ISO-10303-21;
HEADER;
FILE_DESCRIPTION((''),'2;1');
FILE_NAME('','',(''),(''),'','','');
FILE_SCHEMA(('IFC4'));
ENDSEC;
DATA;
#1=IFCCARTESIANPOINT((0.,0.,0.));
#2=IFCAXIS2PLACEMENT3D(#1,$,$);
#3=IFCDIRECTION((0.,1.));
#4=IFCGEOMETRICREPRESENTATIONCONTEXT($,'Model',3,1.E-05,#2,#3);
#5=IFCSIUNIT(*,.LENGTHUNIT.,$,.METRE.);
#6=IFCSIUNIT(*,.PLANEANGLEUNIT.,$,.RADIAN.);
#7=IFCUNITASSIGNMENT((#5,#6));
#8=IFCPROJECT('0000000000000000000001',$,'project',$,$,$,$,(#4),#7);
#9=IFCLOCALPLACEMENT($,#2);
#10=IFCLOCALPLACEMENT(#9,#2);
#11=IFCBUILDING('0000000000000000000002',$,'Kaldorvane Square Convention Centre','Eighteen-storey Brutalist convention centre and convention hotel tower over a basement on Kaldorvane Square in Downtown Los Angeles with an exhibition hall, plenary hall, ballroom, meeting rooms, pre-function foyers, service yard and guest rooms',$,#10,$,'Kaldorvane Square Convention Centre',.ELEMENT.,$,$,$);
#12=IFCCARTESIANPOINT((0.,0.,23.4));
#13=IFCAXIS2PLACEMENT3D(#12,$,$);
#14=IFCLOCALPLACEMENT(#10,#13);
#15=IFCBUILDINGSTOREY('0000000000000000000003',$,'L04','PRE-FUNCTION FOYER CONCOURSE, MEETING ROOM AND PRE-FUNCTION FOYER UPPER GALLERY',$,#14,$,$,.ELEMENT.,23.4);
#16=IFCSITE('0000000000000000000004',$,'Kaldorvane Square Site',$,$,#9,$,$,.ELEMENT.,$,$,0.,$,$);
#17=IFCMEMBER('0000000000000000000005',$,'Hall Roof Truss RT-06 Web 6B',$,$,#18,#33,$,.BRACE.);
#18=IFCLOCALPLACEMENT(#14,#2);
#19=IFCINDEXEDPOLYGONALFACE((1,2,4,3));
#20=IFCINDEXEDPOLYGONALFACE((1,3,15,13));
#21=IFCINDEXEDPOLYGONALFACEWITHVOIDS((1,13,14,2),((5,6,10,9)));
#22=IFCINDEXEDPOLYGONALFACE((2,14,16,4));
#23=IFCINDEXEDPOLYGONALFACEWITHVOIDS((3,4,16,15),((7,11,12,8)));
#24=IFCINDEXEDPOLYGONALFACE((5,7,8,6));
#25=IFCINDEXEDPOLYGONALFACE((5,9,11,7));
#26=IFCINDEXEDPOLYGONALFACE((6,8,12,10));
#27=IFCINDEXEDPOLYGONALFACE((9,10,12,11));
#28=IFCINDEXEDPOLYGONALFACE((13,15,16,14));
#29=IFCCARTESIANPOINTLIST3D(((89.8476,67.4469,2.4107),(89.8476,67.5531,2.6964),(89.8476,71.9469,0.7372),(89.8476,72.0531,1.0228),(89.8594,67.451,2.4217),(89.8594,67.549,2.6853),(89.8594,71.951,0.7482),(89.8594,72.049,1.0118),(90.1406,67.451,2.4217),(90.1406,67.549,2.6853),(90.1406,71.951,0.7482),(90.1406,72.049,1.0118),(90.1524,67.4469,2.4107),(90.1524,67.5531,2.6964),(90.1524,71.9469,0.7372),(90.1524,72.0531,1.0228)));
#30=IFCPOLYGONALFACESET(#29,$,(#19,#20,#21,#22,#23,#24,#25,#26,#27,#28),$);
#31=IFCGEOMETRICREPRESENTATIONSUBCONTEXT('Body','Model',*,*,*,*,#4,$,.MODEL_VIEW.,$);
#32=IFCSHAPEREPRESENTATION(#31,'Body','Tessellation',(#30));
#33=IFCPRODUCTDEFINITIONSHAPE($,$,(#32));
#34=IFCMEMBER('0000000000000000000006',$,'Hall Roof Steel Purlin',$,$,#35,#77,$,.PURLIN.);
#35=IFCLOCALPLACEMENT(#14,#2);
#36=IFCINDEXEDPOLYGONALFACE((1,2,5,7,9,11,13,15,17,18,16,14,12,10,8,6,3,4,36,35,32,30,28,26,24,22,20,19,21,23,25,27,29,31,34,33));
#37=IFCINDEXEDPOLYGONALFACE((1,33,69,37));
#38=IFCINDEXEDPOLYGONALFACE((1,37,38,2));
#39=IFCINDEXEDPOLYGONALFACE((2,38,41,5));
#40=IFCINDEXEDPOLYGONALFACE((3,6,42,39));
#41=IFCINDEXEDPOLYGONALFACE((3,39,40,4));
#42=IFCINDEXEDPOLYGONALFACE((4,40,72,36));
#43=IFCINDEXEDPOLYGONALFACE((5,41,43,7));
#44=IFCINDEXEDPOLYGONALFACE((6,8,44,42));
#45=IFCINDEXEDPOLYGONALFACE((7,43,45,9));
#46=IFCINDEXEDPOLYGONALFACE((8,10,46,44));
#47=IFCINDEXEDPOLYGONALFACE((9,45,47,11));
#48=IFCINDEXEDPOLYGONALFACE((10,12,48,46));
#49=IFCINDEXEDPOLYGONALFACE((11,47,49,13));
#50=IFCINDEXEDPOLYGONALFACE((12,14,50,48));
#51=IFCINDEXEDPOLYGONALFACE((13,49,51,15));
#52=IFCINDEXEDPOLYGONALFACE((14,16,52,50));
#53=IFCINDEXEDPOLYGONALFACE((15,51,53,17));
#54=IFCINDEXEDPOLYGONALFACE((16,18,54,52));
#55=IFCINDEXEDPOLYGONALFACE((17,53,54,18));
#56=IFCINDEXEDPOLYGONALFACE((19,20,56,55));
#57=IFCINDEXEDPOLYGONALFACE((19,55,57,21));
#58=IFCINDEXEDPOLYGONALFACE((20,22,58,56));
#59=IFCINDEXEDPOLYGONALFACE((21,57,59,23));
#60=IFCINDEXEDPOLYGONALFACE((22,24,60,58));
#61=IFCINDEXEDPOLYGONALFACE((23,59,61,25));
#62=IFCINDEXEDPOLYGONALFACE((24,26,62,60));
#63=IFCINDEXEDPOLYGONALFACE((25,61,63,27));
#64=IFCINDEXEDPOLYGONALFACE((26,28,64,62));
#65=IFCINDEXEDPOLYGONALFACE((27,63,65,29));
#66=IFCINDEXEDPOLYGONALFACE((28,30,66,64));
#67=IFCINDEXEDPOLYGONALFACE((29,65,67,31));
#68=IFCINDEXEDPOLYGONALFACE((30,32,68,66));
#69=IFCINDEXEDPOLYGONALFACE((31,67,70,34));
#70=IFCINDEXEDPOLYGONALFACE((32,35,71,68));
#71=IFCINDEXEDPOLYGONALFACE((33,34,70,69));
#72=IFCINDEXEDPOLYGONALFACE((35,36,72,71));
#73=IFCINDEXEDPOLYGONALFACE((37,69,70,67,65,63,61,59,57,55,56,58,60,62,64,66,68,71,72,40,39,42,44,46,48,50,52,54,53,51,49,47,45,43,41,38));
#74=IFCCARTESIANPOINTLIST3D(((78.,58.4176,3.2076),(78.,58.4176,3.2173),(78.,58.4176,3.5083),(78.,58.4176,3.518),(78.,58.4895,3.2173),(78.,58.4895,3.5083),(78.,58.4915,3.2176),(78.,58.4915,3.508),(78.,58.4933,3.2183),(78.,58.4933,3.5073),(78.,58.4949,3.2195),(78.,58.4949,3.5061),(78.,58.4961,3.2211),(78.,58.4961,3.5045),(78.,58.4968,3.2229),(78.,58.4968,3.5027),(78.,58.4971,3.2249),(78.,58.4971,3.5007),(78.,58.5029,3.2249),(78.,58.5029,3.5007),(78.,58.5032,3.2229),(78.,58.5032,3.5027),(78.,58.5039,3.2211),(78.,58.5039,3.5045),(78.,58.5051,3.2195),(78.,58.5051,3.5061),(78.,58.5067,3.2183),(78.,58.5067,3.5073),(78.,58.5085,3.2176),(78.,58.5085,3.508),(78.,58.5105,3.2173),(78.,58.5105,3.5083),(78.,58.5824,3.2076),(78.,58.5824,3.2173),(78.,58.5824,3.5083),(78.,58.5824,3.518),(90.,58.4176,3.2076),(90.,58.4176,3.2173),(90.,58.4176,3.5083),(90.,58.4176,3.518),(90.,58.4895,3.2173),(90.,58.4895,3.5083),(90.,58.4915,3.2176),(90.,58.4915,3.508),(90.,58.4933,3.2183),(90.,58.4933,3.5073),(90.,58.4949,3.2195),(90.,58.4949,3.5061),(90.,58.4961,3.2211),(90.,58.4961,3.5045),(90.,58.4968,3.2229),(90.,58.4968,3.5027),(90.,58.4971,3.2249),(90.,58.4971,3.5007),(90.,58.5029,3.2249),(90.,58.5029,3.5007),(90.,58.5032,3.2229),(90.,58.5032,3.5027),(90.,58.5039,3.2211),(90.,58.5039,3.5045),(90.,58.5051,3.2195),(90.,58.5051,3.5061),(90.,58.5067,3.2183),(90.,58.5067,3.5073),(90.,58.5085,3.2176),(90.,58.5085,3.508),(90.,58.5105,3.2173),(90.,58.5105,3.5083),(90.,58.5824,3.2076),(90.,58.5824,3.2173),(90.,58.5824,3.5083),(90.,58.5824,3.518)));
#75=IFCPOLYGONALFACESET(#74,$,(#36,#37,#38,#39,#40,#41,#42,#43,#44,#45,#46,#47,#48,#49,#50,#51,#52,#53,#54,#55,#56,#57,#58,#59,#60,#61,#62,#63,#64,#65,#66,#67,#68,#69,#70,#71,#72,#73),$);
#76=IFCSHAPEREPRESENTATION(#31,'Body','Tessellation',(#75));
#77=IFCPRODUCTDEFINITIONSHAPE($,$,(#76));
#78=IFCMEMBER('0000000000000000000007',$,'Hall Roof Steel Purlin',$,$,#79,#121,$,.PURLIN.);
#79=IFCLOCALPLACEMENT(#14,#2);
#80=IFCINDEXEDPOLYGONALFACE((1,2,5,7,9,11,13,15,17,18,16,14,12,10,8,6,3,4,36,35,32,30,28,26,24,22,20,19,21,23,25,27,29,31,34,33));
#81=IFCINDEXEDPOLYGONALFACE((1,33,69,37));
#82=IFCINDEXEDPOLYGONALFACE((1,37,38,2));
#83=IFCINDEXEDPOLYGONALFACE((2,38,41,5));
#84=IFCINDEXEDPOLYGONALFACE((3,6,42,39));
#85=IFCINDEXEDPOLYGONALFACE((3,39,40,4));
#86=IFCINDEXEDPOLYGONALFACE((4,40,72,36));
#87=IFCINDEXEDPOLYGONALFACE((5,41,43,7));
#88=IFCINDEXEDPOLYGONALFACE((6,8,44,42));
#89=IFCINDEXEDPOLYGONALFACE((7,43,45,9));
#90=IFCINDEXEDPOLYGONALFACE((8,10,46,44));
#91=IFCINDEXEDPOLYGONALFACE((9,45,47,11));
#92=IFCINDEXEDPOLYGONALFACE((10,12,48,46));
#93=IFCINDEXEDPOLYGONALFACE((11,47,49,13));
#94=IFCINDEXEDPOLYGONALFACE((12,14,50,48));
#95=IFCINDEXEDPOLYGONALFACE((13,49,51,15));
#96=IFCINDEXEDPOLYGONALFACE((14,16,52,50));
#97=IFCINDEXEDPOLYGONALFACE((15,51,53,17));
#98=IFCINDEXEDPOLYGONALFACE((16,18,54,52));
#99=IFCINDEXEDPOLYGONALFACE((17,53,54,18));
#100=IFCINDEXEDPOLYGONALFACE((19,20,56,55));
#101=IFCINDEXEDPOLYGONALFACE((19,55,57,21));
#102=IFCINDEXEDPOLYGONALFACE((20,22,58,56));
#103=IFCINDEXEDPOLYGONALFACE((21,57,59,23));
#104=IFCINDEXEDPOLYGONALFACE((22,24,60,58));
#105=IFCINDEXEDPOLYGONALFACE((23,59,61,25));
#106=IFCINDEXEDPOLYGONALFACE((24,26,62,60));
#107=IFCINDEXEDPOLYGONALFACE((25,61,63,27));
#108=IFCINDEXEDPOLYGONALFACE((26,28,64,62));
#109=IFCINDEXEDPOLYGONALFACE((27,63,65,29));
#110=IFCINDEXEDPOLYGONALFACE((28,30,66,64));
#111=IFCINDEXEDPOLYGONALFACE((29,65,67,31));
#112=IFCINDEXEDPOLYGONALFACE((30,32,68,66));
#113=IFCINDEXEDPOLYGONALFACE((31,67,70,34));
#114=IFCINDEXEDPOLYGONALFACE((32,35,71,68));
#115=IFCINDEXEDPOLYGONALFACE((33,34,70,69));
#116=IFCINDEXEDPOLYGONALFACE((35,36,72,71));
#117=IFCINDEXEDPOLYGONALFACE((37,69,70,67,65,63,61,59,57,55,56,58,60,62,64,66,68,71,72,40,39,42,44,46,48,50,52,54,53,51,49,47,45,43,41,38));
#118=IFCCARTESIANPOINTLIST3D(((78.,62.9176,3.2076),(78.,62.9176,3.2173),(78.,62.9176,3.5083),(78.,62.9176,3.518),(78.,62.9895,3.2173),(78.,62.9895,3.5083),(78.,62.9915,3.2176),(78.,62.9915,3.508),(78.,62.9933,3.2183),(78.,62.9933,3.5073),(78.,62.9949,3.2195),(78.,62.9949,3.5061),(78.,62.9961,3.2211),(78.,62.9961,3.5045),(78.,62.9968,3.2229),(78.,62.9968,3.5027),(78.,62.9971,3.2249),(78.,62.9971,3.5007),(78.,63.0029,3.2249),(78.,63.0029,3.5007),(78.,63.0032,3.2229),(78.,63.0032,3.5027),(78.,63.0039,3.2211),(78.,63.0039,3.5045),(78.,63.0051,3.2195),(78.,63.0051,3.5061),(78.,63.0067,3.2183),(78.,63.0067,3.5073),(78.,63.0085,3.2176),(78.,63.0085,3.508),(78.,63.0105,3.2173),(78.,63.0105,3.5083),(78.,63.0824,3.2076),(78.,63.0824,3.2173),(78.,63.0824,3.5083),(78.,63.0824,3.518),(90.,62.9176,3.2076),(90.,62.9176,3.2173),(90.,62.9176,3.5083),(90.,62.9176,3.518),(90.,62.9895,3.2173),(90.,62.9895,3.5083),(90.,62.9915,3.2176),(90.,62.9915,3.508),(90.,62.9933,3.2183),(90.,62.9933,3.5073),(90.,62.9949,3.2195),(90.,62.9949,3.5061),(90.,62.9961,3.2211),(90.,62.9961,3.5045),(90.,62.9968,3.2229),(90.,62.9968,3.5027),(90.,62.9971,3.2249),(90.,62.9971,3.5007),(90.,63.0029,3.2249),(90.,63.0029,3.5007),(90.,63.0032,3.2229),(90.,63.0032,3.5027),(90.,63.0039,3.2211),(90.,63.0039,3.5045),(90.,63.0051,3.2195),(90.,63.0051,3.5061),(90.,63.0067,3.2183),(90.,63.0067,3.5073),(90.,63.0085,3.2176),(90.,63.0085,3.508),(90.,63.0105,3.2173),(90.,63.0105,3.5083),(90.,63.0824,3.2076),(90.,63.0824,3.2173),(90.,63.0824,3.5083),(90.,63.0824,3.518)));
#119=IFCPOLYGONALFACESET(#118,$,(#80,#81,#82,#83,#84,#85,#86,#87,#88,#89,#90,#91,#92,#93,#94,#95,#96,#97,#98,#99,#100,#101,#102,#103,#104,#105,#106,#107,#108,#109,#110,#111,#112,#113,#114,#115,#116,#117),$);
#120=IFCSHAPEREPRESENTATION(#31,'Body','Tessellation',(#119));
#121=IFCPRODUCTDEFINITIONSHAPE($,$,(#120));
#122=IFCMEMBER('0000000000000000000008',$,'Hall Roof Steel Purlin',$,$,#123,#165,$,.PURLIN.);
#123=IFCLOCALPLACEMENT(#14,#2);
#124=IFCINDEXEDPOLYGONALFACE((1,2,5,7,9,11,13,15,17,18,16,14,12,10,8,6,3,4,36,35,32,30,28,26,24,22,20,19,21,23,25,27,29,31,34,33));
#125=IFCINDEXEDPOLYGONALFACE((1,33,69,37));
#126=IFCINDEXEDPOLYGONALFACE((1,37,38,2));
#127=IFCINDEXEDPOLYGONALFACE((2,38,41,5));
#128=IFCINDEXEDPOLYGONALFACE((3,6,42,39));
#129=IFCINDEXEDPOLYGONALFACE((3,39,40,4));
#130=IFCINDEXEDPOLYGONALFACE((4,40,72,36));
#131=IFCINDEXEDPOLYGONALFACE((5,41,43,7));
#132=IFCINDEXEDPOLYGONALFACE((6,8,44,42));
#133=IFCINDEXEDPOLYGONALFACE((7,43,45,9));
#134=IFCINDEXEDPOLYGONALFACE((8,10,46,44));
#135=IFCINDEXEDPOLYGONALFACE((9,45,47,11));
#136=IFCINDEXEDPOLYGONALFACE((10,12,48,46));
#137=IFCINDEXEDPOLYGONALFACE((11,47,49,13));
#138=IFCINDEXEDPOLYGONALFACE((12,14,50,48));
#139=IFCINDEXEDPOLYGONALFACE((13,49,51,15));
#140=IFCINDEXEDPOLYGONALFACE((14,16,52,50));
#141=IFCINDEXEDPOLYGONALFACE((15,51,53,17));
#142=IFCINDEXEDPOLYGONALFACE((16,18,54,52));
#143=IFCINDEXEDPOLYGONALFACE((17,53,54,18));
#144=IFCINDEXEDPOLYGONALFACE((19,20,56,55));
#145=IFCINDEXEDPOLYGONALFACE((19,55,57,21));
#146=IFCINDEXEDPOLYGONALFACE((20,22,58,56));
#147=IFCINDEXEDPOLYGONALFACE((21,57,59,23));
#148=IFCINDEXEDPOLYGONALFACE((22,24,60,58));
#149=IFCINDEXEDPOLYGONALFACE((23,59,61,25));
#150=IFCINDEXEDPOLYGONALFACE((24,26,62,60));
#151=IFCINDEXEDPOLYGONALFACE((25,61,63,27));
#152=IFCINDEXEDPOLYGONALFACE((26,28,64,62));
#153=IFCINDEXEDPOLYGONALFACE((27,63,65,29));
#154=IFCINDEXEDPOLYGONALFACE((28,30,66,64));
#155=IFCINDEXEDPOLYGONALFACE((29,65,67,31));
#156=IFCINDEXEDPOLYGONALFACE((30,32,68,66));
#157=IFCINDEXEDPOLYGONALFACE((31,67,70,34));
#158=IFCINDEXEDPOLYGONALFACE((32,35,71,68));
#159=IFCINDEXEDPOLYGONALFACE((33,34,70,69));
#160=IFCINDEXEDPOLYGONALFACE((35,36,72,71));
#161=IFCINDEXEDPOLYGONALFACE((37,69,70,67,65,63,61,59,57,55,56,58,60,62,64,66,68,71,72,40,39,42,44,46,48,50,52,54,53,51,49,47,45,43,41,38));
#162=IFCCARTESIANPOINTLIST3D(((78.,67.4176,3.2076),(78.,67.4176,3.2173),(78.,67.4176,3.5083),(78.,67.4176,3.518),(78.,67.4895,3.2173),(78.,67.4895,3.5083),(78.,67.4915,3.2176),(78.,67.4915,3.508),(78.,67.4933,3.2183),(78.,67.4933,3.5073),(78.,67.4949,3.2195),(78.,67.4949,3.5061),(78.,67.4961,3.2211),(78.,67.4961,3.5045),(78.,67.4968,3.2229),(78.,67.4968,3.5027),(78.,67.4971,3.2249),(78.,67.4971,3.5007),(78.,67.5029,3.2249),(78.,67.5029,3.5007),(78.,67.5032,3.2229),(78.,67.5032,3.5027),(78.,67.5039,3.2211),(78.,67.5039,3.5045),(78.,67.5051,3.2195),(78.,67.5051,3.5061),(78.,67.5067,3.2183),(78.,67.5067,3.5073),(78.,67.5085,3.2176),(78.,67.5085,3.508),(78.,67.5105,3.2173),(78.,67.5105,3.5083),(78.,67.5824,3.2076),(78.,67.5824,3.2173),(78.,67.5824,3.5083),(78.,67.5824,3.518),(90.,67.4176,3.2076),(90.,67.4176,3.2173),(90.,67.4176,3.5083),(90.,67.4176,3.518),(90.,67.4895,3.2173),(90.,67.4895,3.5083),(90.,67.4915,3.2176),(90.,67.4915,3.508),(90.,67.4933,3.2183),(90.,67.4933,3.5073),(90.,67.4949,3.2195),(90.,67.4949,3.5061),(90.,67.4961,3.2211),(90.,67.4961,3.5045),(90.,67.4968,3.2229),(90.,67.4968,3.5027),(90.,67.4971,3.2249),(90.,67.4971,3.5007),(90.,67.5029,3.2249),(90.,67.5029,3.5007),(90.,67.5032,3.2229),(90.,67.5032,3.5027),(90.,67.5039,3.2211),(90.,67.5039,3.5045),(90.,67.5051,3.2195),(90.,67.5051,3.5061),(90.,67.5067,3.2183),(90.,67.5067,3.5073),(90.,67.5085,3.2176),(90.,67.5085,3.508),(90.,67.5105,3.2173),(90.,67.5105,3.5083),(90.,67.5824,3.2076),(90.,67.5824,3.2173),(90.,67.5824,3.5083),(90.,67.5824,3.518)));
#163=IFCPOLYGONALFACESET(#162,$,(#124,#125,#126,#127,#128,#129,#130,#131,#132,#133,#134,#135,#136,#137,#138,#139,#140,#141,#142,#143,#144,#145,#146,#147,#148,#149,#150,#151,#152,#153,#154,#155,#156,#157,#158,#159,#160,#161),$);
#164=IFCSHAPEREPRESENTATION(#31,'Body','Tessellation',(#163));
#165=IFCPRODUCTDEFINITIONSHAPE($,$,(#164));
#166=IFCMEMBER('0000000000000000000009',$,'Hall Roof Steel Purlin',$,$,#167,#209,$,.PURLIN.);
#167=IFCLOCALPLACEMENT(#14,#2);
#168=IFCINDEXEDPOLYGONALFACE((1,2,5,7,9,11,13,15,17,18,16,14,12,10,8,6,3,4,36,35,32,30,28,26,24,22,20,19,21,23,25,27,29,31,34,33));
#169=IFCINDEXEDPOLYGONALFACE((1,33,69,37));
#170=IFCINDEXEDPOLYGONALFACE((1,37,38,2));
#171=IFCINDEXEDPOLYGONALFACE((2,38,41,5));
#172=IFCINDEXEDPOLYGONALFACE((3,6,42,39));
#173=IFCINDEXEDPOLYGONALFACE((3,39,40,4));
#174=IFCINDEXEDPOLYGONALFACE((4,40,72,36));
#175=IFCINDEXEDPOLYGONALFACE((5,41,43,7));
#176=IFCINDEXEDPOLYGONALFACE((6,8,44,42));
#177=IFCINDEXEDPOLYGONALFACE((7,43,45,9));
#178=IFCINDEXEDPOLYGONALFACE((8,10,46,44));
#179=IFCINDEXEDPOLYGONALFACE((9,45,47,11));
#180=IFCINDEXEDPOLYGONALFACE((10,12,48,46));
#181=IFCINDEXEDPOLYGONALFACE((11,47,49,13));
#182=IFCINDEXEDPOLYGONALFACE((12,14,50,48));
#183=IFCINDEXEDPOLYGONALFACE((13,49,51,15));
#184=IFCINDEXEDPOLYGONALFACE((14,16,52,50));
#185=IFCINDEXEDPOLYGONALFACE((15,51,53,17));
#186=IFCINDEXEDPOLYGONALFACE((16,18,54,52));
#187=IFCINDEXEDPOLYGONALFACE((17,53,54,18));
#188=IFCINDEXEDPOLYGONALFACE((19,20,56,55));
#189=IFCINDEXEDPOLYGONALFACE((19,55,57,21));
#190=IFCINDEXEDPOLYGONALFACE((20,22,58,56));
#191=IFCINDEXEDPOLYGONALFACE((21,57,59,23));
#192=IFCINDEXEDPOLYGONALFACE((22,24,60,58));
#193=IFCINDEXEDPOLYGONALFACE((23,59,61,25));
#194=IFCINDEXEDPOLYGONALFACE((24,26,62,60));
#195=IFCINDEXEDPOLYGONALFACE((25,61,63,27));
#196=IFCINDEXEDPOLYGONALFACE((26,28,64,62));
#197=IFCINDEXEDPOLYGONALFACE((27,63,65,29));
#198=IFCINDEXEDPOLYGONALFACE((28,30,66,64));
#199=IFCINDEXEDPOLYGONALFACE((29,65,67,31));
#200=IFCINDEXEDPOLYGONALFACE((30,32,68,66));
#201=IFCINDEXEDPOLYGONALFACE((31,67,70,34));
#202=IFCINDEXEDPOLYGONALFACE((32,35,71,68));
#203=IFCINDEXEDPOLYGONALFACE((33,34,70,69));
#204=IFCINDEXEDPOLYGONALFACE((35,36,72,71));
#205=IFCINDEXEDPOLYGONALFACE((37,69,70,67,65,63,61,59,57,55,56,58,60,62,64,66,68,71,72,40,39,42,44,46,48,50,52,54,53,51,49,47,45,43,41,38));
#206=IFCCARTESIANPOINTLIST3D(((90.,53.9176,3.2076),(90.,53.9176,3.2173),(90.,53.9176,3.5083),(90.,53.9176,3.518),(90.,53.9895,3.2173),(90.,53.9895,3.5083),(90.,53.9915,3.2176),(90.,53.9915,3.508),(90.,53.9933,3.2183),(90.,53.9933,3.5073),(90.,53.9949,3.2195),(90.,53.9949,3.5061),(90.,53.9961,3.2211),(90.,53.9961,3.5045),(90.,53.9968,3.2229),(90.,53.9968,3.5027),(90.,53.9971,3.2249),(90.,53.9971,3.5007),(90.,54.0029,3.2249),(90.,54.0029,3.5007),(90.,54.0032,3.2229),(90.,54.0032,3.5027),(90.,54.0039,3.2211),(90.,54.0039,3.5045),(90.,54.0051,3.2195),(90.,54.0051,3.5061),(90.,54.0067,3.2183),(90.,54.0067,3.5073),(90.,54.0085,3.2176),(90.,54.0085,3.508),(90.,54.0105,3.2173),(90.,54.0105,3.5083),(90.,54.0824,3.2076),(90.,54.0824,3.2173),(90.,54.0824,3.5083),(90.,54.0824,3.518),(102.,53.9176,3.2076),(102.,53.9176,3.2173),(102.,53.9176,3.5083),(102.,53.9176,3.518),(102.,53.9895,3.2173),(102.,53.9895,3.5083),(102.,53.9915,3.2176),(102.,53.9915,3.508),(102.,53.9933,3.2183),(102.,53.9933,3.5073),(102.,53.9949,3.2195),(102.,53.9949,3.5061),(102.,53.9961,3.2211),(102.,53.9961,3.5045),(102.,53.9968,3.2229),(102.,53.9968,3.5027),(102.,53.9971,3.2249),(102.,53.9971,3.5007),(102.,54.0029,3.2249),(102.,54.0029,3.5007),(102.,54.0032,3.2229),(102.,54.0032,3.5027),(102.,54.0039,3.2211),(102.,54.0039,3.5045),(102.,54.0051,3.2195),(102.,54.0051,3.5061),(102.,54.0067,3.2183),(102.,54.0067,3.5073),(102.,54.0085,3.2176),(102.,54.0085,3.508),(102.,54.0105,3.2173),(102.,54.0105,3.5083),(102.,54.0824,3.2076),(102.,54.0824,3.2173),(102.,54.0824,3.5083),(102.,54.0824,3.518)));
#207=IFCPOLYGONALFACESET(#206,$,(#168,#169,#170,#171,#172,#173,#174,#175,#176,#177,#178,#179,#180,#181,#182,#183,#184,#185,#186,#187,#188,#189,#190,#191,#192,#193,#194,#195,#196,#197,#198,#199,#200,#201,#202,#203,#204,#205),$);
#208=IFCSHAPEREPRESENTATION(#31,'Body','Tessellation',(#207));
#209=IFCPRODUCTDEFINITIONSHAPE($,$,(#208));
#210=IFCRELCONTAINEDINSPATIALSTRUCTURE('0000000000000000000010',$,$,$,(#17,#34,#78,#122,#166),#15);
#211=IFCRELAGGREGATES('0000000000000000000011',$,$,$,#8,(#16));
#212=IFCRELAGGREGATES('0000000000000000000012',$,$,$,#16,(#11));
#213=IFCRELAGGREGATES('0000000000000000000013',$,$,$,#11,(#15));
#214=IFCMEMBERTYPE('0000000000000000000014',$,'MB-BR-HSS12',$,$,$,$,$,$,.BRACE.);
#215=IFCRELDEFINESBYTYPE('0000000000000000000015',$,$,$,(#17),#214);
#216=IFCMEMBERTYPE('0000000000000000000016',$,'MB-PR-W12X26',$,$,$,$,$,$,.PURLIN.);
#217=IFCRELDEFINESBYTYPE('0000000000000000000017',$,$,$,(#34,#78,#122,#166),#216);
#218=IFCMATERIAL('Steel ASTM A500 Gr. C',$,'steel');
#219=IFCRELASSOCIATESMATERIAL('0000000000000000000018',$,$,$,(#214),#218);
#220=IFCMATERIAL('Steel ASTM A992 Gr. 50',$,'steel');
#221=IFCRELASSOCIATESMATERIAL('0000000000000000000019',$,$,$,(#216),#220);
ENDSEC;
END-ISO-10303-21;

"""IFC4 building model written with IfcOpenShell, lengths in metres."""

from ifc_helpers import new_model, si_unit, direction, frame, origin, origin_2d, place, context, subcontext, project, spatial, hollow_rectangle, i_section, extrude, material, material_profile, profile_set, type_object, element, save


model = new_model("IFC4")

# Units and contexts
model_context = context("Model", 3, precision=1e-05, world=origin(), true_north=direction((0.0, 1.0)))
body_context = subcontext(model_context, "Body", "Model", "MODEL_VIEW")
ifc_project = project(units=[si_unit("LENGTHUNIT", "METRE"), si_unit("PLANEANGLEUNIT", "RADIAN")], contexts=[model_context])

# Site, building, storey
site_placement = place(None, origin())
site = spatial("IfcSite", under=ifc_project, at=site_placement, Name="Kaldorvane Square Site", CompositionType="ELEMENT", RefElevation=0.0)
building_placement = place(site_placement, origin())
building = spatial("IfcBuilding", under=site, at=building_placement, Name="Kaldorvane Square Convention Centre", Description="Eighteen-storey Brutalist convention centre and convention hotel tower over a basement on Kaldorvane Square in Downtown Los Angeles with an exhibition hall, plenary hall, ballroom, meeting rooms, pre-function foyers, service yard and guest rooms", LongName="Kaldorvane Square Convention Centre", CompositionType="ELEMENT")
storey_placement = place(building_placement, frame((0.0, 0.0, 23.4)))
storey = spatial("IfcBuildingStorey", under=building, at=storey_placement, Name="L04", Description="PRE-FUNCTION FOYER CONCOURSE, MEETING ROOM AND PRE-FUNCTION FOYER UPPER GALLERY", CompositionType="ELEMENT", Elevation=23.4)

# Shared definitions
ifc_material_1 = material(Name="Steel ASTM A992 Gr. 50", Category="steel")

# Members
ifc_material_2 = material(Name="Steel ASTM A500 Gr. C", Category="steel")
ifc_material_profile_1 = material_profile(ifc_material_2, hollow_rectangle(XDim=0.3048, YDim=0.3048, WallThickness=0.0118, at=origin_2d()), Name="HSS12X12X1/2")
ifc_profile_set_1 = profile_set([ifc_material_profile_1], Name="Steel ASTM A500 Gr. C")
member_type_1 = type_object("IfcMemberType", Name="MB-BR-HSS12", PredefinedType="BRACE", material=ifc_profile_set_1)
for number, where, z_axis, x_axis, name in (
    (1, (90.0, 67.5, 2.5535), (0.0, 0.937284, -0.348567), (-1.0, 0.0, 0.0), "Hall Roof Truss RT-06 Web 6B"),
):
    element("IfcMember", number, at=place(storey_placement, frame(where, z_axis=z_axis, x_axis=x_axis)), inside=storey, type_object=member_type_1, Name=name, PredefinedType="BRACE", context=body_context, shape_type="SweptSolid", body=[
        extrude(hollow_rectangle(XDim=0.3048, YDim=0.3048, WallThickness=0.0118, at=origin_2d()), origin(), (0.0, 0.0, 1.0), 4.8011),
    ])
ifc_material_profile_2 = material_profile(ifc_material_1, i_section(OverallWidth=0.1648, OverallDepth=0.3104, WebThickness=0.0058, FlangeThickness=0.0097, FilletRadius=0.0076, at=origin_2d()), Name="W12X26")
ifc_profile_set_2 = profile_set([ifc_material_profile_2], Name="Steel ASTM A992 Gr. 50")
member_type_2 = type_object("IfcMemberType", Name="MB-PR-W12X26", PredefinedType="PURLIN", material=ifc_profile_set_2)
for number, where, z_axis, x_axis, name in (
    (2, (78.0, 58.5, 3.3628), (1.0, 0.0, 0.0), (0.0, 1.0, 0.0), "Hall Roof Steel Purlin"),
    (3, (78.0, 63.0, 3.3628), (1.0, 0.0, 0.0), (0.0, 1.0, 0.0), "Hall Roof Steel Purlin"),
    (4, (78.0, 67.5, 3.3628), (1.0, 0.0, 0.0), (0.0, 1.0, 0.0), "Hall Roof Steel Purlin"),
    (5, (90.0, 54.0, 3.3628), (1.0, 0.0, 0.0), (0.0, 1.0, 0.0), "Hall Roof Steel Purlin"),
):
    element("IfcMember", number, at=place(storey_placement, frame(where, z_axis=z_axis, x_axis=x_axis)), inside=storey, type_object=member_type_2, Name=name, PredefinedType="PURLIN", context=body_context, shape_type="SweptSolid", body=[
        extrude(i_section(OverallWidth=0.1648, OverallDepth=0.3104, WebThickness=0.0058, FlangeThickness=0.0097, FilletRadius=0.0076, at=origin_2d()), origin(), (0.0, 0.0, 1.0), 12.0),
    ])

save(model, "model.ifc")
